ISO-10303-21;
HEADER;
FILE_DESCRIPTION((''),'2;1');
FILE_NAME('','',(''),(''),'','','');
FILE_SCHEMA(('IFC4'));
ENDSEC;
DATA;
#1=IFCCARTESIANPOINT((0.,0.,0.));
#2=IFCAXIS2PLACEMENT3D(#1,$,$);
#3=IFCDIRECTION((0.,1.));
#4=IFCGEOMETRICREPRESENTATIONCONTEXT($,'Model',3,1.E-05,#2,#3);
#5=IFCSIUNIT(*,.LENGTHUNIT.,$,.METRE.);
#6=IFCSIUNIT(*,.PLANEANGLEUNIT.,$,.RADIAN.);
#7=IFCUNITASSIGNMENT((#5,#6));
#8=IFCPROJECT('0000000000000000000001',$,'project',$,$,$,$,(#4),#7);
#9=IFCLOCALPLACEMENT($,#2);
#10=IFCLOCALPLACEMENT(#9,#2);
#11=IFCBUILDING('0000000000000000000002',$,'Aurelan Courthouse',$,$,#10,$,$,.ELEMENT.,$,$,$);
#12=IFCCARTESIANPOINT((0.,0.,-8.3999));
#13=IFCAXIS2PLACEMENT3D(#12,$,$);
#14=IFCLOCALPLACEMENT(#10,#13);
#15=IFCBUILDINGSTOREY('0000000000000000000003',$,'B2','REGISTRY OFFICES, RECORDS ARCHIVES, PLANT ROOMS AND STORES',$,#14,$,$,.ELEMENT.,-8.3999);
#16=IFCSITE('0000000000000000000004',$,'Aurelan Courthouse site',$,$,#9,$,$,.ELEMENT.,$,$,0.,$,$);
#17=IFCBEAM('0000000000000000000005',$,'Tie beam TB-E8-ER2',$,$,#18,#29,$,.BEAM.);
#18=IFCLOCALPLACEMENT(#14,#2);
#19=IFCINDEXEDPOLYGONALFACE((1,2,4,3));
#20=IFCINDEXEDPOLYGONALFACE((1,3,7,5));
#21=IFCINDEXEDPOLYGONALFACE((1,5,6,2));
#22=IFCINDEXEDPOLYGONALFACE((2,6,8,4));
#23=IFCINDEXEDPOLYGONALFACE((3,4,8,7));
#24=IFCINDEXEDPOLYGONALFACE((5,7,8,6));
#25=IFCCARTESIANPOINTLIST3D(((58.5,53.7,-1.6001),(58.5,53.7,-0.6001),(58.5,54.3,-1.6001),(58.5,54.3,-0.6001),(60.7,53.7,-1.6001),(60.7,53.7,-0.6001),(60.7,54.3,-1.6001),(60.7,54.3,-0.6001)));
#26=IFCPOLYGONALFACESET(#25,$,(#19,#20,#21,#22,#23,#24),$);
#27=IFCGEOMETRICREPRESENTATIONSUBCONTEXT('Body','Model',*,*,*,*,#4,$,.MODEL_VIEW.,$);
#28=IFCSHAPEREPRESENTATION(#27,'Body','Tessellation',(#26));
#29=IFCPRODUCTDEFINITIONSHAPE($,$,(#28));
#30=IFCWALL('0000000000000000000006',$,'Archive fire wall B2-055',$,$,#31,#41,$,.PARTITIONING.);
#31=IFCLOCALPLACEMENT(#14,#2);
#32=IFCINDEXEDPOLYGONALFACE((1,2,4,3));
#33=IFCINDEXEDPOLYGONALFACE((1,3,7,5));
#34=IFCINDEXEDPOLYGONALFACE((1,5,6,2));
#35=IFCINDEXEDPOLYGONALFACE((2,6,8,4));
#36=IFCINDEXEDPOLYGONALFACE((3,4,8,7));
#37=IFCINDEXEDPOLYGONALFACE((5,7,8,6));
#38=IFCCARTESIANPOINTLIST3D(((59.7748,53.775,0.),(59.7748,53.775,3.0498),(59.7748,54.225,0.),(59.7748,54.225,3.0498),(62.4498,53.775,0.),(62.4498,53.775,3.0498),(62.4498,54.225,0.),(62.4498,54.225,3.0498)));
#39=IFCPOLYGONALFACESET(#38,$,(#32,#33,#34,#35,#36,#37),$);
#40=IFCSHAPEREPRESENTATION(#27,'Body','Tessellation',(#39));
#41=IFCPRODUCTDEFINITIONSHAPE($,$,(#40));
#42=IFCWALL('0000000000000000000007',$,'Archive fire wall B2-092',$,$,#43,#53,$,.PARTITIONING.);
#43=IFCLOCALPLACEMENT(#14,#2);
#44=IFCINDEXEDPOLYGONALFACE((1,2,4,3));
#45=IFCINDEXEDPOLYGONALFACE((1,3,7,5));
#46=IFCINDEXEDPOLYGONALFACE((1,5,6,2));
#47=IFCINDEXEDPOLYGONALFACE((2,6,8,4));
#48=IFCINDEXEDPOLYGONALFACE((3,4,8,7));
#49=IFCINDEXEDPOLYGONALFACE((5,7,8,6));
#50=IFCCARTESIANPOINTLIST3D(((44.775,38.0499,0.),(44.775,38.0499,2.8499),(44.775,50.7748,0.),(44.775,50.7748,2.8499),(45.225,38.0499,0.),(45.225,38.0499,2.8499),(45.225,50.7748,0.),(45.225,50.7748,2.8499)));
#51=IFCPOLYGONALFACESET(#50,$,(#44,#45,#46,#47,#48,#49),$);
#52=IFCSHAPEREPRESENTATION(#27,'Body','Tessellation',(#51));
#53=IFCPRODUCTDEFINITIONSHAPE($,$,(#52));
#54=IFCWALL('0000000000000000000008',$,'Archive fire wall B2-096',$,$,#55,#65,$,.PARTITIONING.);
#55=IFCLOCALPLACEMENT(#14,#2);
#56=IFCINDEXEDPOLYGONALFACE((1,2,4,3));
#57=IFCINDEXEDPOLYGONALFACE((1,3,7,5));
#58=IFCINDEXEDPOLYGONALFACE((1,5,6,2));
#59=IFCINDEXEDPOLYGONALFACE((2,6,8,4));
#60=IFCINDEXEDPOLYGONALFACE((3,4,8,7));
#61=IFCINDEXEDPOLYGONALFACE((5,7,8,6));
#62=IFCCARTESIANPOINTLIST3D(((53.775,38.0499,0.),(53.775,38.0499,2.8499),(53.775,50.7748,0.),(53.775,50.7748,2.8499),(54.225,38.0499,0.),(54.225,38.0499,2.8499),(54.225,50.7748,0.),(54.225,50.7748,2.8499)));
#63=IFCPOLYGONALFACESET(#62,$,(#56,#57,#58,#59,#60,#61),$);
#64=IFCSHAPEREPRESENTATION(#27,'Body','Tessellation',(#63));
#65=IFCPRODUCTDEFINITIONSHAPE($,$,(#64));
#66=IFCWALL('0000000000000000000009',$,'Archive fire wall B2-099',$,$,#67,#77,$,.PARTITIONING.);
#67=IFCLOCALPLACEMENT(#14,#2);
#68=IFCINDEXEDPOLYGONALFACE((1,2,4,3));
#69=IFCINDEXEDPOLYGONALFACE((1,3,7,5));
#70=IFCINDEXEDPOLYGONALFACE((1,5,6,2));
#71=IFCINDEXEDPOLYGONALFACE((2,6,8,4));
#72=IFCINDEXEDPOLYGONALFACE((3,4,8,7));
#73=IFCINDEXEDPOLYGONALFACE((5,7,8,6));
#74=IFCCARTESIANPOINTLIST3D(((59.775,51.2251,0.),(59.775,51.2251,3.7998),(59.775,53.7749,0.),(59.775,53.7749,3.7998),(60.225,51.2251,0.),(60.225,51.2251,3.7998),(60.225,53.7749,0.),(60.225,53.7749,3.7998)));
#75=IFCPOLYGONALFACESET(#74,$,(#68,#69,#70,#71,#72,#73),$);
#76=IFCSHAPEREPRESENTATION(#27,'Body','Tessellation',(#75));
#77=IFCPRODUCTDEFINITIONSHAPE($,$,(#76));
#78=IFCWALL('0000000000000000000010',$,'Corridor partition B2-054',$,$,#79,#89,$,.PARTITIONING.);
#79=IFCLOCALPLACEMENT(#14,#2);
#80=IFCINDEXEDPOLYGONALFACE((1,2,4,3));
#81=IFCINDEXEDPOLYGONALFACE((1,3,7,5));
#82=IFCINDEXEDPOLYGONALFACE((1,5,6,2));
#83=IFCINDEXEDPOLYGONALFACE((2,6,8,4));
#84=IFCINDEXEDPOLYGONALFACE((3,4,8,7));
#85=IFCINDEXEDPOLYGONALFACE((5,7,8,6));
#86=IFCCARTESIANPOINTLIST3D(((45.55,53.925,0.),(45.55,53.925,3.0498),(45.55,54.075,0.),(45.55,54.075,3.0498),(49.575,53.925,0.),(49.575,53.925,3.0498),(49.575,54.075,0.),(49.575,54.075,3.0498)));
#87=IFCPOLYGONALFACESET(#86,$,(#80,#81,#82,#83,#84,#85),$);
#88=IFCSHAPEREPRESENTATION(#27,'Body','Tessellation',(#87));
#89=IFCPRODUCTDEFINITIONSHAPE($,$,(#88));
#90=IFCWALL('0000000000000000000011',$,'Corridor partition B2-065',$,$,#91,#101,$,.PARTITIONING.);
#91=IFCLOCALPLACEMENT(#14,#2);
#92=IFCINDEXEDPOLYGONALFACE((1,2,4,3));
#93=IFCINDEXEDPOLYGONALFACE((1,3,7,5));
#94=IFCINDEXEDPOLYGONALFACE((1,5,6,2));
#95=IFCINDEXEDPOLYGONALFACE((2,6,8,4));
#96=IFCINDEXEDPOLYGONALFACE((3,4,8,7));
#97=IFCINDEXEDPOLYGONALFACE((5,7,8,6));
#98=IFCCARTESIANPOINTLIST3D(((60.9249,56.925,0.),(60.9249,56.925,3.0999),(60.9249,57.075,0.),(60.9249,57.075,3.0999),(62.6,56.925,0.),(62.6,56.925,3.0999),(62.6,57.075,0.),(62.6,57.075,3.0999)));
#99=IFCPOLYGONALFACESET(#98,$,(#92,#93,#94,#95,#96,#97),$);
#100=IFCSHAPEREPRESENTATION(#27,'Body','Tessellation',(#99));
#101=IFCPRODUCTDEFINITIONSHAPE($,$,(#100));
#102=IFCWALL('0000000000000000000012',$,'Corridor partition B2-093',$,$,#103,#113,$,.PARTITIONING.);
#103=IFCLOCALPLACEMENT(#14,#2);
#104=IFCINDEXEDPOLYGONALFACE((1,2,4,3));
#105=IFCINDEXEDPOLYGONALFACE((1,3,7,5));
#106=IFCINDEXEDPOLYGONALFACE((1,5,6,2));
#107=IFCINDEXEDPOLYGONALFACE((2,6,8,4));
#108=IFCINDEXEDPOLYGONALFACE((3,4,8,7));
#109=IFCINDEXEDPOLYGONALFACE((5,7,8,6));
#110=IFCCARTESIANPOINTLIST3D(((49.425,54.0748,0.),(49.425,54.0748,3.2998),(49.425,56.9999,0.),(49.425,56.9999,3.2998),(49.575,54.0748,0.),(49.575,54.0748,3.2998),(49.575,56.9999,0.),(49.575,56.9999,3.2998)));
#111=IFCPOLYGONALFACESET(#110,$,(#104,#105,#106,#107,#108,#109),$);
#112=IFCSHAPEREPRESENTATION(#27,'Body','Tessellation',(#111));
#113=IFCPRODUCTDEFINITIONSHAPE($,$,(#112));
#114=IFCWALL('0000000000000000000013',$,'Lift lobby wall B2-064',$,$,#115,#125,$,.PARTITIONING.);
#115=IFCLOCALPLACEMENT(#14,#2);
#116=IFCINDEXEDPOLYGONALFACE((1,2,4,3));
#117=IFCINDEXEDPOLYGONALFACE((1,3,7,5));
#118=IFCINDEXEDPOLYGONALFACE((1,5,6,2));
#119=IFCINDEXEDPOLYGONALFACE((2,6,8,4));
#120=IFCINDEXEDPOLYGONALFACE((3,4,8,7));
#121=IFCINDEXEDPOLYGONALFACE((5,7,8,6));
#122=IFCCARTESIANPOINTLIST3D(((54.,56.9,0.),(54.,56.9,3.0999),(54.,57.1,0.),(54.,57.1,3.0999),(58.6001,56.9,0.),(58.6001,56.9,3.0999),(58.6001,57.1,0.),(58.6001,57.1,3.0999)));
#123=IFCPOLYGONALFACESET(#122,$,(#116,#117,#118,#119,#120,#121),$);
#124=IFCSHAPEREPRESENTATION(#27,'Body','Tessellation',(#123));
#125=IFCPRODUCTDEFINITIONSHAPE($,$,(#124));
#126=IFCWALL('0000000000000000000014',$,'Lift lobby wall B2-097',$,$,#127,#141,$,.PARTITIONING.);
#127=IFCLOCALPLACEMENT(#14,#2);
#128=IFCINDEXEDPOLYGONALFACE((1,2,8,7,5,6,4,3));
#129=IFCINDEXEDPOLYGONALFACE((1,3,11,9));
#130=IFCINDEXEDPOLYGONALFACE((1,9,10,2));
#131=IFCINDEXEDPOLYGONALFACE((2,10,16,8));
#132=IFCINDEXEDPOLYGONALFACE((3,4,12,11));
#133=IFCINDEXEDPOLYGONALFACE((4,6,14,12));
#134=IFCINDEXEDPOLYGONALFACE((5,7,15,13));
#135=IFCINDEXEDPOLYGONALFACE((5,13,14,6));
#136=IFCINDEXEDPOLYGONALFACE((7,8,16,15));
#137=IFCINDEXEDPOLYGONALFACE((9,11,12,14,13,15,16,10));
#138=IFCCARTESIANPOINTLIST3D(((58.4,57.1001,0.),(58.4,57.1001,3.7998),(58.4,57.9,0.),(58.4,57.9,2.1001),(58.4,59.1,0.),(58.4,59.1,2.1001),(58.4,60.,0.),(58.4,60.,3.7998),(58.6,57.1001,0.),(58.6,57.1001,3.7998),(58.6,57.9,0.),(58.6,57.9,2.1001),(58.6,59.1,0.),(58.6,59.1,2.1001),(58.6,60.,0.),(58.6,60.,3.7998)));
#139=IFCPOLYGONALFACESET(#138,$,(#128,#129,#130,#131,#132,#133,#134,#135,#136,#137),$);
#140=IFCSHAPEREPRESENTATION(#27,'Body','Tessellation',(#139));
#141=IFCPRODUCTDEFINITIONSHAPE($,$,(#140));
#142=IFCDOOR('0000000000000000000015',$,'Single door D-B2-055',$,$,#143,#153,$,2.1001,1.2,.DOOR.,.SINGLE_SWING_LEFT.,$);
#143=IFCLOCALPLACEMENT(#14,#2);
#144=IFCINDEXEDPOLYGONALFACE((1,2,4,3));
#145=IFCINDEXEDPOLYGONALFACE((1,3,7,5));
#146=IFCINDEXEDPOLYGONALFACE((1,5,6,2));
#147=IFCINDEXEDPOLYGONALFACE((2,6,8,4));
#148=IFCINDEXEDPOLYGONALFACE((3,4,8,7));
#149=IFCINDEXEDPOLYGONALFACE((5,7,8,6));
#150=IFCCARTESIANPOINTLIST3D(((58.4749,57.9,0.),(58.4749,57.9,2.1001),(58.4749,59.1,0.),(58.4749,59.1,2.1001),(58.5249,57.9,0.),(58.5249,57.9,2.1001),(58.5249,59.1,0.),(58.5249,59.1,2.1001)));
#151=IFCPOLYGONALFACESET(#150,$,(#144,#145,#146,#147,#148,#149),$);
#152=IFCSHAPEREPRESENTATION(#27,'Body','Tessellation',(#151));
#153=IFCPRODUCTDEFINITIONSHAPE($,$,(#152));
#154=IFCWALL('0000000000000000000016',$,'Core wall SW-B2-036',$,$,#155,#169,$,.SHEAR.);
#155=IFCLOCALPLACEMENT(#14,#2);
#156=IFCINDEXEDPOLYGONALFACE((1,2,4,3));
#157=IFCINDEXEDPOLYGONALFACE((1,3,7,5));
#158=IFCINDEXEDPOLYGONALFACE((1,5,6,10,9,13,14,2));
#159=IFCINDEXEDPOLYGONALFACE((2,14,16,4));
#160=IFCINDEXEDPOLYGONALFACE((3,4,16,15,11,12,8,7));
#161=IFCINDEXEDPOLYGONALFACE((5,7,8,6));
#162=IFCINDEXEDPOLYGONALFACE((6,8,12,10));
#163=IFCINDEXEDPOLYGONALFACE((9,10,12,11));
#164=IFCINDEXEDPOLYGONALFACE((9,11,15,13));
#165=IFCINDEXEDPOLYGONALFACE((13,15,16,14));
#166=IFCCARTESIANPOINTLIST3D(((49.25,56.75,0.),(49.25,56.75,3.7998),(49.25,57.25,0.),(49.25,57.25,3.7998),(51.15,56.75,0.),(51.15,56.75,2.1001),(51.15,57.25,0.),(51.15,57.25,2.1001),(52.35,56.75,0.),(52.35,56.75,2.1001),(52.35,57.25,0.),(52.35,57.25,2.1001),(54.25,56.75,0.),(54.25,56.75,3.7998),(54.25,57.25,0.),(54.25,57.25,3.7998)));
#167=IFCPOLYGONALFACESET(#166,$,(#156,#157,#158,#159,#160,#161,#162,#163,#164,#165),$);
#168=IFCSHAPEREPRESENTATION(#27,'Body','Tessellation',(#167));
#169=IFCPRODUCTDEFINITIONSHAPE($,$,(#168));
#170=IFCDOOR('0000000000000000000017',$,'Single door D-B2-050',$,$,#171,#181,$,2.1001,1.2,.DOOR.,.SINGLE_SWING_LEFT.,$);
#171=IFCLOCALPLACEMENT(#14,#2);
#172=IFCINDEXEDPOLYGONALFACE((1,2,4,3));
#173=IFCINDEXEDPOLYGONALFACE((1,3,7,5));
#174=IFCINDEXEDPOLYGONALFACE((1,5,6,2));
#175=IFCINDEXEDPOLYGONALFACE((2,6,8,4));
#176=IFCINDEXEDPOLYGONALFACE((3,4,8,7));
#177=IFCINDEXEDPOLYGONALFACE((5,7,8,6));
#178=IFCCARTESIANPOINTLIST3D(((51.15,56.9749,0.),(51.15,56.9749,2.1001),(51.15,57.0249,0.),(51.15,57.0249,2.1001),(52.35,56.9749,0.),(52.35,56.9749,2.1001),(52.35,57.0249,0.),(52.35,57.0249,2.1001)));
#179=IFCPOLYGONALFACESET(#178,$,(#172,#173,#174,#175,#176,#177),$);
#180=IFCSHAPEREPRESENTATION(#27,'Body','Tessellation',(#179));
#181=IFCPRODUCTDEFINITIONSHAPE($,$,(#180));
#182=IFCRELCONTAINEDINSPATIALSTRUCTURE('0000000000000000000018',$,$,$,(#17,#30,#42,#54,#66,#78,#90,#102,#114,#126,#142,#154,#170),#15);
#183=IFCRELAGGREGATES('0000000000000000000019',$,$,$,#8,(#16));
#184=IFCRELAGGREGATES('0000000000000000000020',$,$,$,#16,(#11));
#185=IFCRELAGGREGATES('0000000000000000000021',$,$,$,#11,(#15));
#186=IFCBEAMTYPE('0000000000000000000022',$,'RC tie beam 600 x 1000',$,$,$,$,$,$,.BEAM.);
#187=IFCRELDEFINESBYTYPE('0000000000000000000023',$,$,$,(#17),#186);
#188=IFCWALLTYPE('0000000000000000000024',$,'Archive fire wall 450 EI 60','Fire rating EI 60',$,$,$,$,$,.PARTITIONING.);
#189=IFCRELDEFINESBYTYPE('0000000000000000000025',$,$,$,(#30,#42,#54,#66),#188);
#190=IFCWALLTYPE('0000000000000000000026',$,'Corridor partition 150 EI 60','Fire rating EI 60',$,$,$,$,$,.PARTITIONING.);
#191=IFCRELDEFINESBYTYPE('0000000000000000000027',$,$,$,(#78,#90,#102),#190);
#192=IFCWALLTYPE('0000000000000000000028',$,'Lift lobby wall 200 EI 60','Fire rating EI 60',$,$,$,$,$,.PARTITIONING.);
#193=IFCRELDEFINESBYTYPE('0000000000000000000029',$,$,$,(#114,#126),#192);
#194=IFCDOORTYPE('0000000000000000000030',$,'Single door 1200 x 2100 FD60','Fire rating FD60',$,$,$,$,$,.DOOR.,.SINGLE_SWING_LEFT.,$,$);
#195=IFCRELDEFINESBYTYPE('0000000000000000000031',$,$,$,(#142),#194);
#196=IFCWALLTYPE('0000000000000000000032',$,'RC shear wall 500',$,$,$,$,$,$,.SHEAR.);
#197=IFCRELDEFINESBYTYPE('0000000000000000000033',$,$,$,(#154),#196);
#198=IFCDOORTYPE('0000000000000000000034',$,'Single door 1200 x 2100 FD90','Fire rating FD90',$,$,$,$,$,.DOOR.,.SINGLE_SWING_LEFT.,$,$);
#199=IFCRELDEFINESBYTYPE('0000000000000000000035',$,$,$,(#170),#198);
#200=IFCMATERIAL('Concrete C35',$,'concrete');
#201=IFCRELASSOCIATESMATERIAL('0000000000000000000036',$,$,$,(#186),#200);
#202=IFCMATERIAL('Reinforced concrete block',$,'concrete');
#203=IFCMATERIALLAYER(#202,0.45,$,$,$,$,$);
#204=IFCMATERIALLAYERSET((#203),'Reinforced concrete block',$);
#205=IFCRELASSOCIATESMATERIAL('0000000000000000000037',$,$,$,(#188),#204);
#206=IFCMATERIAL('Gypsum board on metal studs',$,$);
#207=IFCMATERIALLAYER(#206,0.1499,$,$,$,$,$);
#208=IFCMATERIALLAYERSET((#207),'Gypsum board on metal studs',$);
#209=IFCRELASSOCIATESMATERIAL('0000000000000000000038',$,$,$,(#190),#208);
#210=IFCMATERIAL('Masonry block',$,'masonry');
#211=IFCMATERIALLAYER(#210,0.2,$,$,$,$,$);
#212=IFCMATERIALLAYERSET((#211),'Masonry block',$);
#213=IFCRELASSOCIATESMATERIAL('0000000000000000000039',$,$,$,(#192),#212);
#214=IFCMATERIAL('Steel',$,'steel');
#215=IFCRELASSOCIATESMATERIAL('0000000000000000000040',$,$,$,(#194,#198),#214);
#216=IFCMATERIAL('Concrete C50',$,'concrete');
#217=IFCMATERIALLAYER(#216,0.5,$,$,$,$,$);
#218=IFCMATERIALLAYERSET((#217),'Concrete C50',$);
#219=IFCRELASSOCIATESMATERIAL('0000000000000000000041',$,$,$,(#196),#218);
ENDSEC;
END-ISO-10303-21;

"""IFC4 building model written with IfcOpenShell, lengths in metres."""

from ifc_helpers import new_model, si_unit, direction, frame, frame_2d, origin, origin_2d, place, context, subcontext, project, spatial, rectangle, extrude, material, layer, layer_set, material_profile, profile_set, type_object, element, fill, save


model = new_model("IFC4")

# Units and contexts
model_context = context("Model", 3, precision=1e-05, world=origin(), true_north=direction((0.0, 1.0)))
body_context = subcontext(model_context, "Body", "Model", "MODEL_VIEW")
ifc_project = project(units=[si_unit("LENGTHUNIT", "METRE"), si_unit("PLANEANGLEUNIT", "RADIAN")], contexts=[model_context])

# Site, building, storey
site_placement = place(None, origin())
site = spatial("IfcSite", under=ifc_project, at=site_placement, Name="Aurelan Courthouse site", CompositionType="ELEMENT", RefElevation=0.0)
building_placement = place(site_placement, origin())
building = spatial("IfcBuilding", under=site, at=building_placement, Name="Aurelan Courthouse", CompositionType="ELEMENT")
storey_placement = place(building_placement, frame((0.0, 0.0, -8.3999)))
storey = spatial("IfcBuildingStorey", under=building, at=storey_placement, Name="B2", Description="REGISTRY OFFICES, RECORDS ARCHIVES, PLANT ROOMS AND STORES", CompositionType="ELEMENT", Elevation=-8.3999)

# Shared definitions
ifc_material_1 = material(Name="Concrete C35", Category="concrete")

# Shared definitions
ifc_material_2 = material(Name="Concrete C50", Category="concrete")

# Beam
ifc_material_profile_1 = material_profile(ifc_material_1, rectangle(XDim=0.6001, YDim=1.0, at=origin_2d()), Name="RC 600 x 1000")
ifc_profile_set_1 = profile_set([ifc_material_profile_1], Name="Concrete C35")
beam_type = type_object("IfcBeamType", Name="RC tie beam 600 x 1000", PredefinedType="BEAM", material=ifc_profile_set_1)
beam_placement = place(storey_placement, frame((58.5, 54.0, -1.1001), z_axis=(1.0, 0.0, 0.0), x_axis=(0.0, 1.0, 0.0)))
element("IfcBeam", 1, at=beam_placement, inside=storey, type_object=beam_type, Name="Tie beam TB-E8-ER2", PredefinedType="BEAM", context=body_context, shape_type="SweptSolid", body=[
    extrude(rectangle(XDim=0.6001, YDim=1.0, at=origin_2d()), origin(), (0.0, 0.0, 1.0), 2.2),
])

# Walls
ifc_material_3 = material(Name="Reinforced concrete block", Category="concrete")
ifc_layer_1 = layer(ifc_material_3, 0.45)
ifc_layer_set_1 = layer_set([ifc_layer_1], Name="Reinforced concrete block")
wall_type_1 = type_object("IfcWallType", Name="Archive fire wall 450 EI 60", Description="Fire rating EI 60", PredefinedType="PARTITIONING", material=ifc_layer_set_1)
wall_1_placement = place(storey_placement, frame((59.7749, 54.0, 0.0), z_axis=(0.0, 0.0, 1.0), x_axis=(1.0, 0.0, 0.0)))
element("IfcWall", 2, at=wall_1_placement, inside=storey, type_object=wall_type_1, Name="Archive fire wall B2-055", PredefinedType="PARTITIONING", context=body_context, shape_type="SweptSolid", body=[
    extrude(rectangle(XDim=2.675, YDim=0.45, at=frame_2d((1.3374, 0.0))), origin(), (0.0, 0.0, 1.0), 3.0498),
])
for number, where, z_axis, x_axis, name in (
    (3, (45.0, 38.05, 0.0), (0.0, 0.0, 1.0), (0.0, 1.0, 0.0), "Archive fire wall B2-092"),
    (4, (54.0, 38.05, 0.0), (0.0, 0.0, 1.0), (0.0, 1.0, 0.0), "Archive fire wall B2-096"),
):
    element("IfcWall", number, at=place(storey_placement, frame(where, z_axis=z_axis, x_axis=x_axis)), inside=storey, type_object=wall_type_1, Name=name, PredefinedType="PARTITIONING", context=body_context, shape_type="SweptSolid", body=[
        extrude(rectangle(XDim=12.7249, YDim=0.45, at=frame_2d((6.3623, 0.0))), origin(), (0.0, 0.0, 1.0), 2.8499),
    ])
wall_2_placement = place(storey_placement, frame((60.0, 51.2251, 0.0), z_axis=(0.0, 0.0, 1.0), x_axis=(0.0, 1.0, 0.0)))
element("IfcWall", 5, at=wall_2_placement, inside=storey, type_object=wall_type_1, Name="Archive fire wall B2-099", PredefinedType="PARTITIONING", context=body_context, shape_type="SweptSolid", body=[
    extrude(rectangle(XDim=2.5498, YDim=0.45, at=frame_2d((1.2749, 0.0))), origin(), (0.0, 0.0, 1.0), 3.7998),
])
ifc_material_4 = material(Name="Gypsum board on metal studs")
ifc_layer_2 = layer(ifc_material_4, 0.1499)
ifc_layer_set_2 = layer_set([ifc_layer_2], Name="Gypsum board on metal studs")
wall_type_2 = type_object("IfcWallType", Name="Corridor partition 150 EI 60", Description="Fire rating EI 60", PredefinedType="PARTITIONING", material=ifc_layer_set_2)
wall_3_placement = place(storey_placement, frame((45.55, 54.0, 0.0), z_axis=(0.0, 0.0, 1.0), x_axis=(1.0, 0.0, 0.0)))
element("IfcWall", 6, at=wall_3_placement, inside=storey, type_object=wall_type_2, Name="Corridor partition B2-054", PredefinedType="PARTITIONING", context=body_context, shape_type="SweptSolid", body=[
    extrude(rectangle(XDim=4.0249, YDim=0.1499, at=frame_2d((2.0125, 0.0))), origin(), (0.0, 0.0, 1.0), 3.0498),
])
wall_4_placement = place(storey_placement, frame((60.925, 57.0, 0.0), z_axis=(0.0, 0.0, 1.0), x_axis=(1.0, 0.0, 0.0)))
element("IfcWall", 7, at=wall_4_placement, inside=storey, type_object=wall_type_2, Name="Corridor partition B2-065", PredefinedType="PARTITIONING", context=body_context, shape_type="SweptSolid", body=[
    extrude(rectangle(XDim=1.675, YDim=0.1499, at=frame_2d((0.8374, 0.0))), origin(), (0.0, 0.0, 1.0), 3.0999),
])
wall_5_placement = place(storey_placement, frame((49.5, 54.075, 0.0), z_axis=(0.0, 0.0, 1.0), x_axis=(0.0, 1.0, 0.0)))
element("IfcWall", 8, at=wall_5_placement, inside=storey, type_object=wall_type_2, Name="Corridor partition B2-093", PredefinedType="PARTITIONING", context=body_context, shape_type="SweptSolid", body=[
    extrude(rectangle(XDim=2.925, YDim=0.1499, at=frame_2d((1.4624, 0.0))), origin(), (0.0, 0.0, 1.0), 3.2998),
])
ifc_material_5 = material(Name="Masonry block", Category="masonry")
ifc_layer_3 = layer(ifc_material_5, 0.2)
ifc_layer_set_3 = layer_set([ifc_layer_3], Name="Masonry block")
wall_type_3 = type_object("IfcWallType", Name="Lift lobby wall 200 EI 60", Description="Fire rating EI 60", PredefinedType="PARTITIONING", material=ifc_layer_set_3)
wall_6_placement = place(storey_placement, frame((54.0, 57.0, 0.0), z_axis=(0.0, 0.0, 1.0), x_axis=(1.0, 0.0, 0.0)))
element("IfcWall", 9, at=wall_6_placement, inside=storey, type_object=wall_type_3, Name="Lift lobby wall B2-064", PredefinedType="PARTITIONING", context=body_context, shape_type="SweptSolid", body=[
    extrude(rectangle(XDim=4.6001, YDim=0.2, at=frame_2d((2.3, 0.0))), origin(), (0.0, 0.0, 1.0), 3.0999),
])

# Walls, openings, doors
wall_7_placement = place(storey_placement, frame((58.5, 57.1001, 0.0), z_axis=(0.0, 0.0, 1.0), x_axis=(0.0, 1.0, 0.0)))
wall_7 = element("IfcWall", 10, at=wall_7_placement, inside=storey, type_object=wall_type_3, Name="Lift lobby wall B2-097", PredefinedType="PARTITIONING", context=body_context, shape_type="SweptSolid", body=[
    extrude(rectangle(XDim=2.8999, YDim=0.2, at=frame_2d((1.45, 0.0))), origin(), (0.0, 0.0, 1.0), 3.7998),
])
opening_1_placement = place(wall_7_placement, frame((2.0, 0.0, 0.0), z_axis=(0.0, 0.0, 1.0), x_axis=(-1.0, 0.0, 0.0)))
opening_1 = element("IfcOpeningElement", 11, at=opening_1_placement, cuts=wall_7, PredefinedType="OPENING", context=body_context, shape_type="SweptSolid", body=[
    extrude(rectangle(XDim=1.2, YDim=2.1001, at=frame_2d((0.6001, 1.05))), frame((0.0, 0.1099, 0.0), z_axis=(0.0, -1.0, 0.0), x_axis=(1.0, 0.0, 0.0)), (0.0, 0.0, 1.0), 0.22),
])
ifc_material_6 = material(Name="Steel", Category="steel")
door_type_1 = type_object("IfcDoorType", Name="Single door 1200 x 2100 FD60", Description="Fire rating FD60", OperationType="SINGLE_SWING_LEFT", PredefinedType="DOOR", material=ifc_material_6)
door_1_placement = place(opening_1_placement, origin())
door_1 = element("IfcDoor", 12, at=door_1_placement, inside=storey, type_object=door_type_1, Name="Single door D-B2-055", OperationType="SINGLE_SWING_LEFT", OverallHeight=2.1001, OverallWidth=1.2, PredefinedType="DOOR", context=body_context, shape_type="SweptSolid", body=[
    extrude(rectangle(XDim=1.2, YDim=2.1001, at=frame_2d((0.6001, 1.05))), frame((0.0, 0.0249, 0.0), z_axis=(0.0, -1.0, 0.0), x_axis=(1.0, 0.0, 0.0)), (0.0, 0.0, 1.0), 0.05),
])
fill(opening_1, door_1)
ifc_layer_4 = layer(ifc_material_2, 0.5)
ifc_layer_set_4 = layer_set([ifc_layer_4], Name="Concrete C50")
wall_type_4 = type_object("IfcWallType", Name="RC shear wall 500", PredefinedType="SHEAR", material=ifc_layer_set_4)
wall_8_placement = place(storey_placement, frame((49.25, 57.0, 0.0), z_axis=(0.0, 0.0, 1.0), x_axis=(1.0, 0.0, 0.0)))
wall_8 = element("IfcWall", 13, at=wall_8_placement, inside=storey, type_object=wall_type_4, Name="Core wall SW-B2-036", PredefinedType="SHEAR", context=body_context, shape_type="SweptSolid", body=[
    extrude(rectangle(XDim=5.0, YDim=0.5, at=frame_2d((2.5, 0.0))), origin(), (0.0, 0.0, 1.0), 3.7998),
])
opening_2_placement = place(wall_8_placement, frame((1.8999, 0.0, 0.0)))
opening_2 = element("IfcOpeningElement", 14, at=opening_2_placement, cuts=wall_8, PredefinedType="OPENING", context=body_context, shape_type="SweptSolid", body=[
    extrude(rectangle(XDim=1.2, YDim=2.1001, at=frame_2d((0.6001, 1.05))), frame((0.0, 0.26, 0.0), z_axis=(0.0, -1.0, 0.0), x_axis=(1.0, 0.0, 0.0)), (0.0, 0.0, 1.0), 0.52),
])
door_type_2 = type_object("IfcDoorType", Name="Single door 1200 x 2100 FD90", Description="Fire rating FD90", OperationType="SINGLE_SWING_LEFT", PredefinedType="DOOR", material=ifc_material_6)
door_2_placement = place(opening_2_placement, origin())
door_2 = element("IfcDoor", 15, at=door_2_placement, inside=storey, type_object=door_type_2, Name="Single door D-B2-050", OperationType="SINGLE_SWING_LEFT", OverallHeight=2.1001, OverallWidth=1.2, PredefinedType="DOOR", context=body_context, shape_type="SweptSolid", body=[
    extrude(rectangle(XDim=1.2, YDim=2.1001, at=frame_2d((0.6001, 1.05))), frame((0.0, 0.0249, 0.0), z_axis=(0.0, -1.0, 0.0), x_axis=(1.0, 0.0, 0.0)), (0.0, 0.0, 1.0), 0.05),
])
fill(opening_2, door_2)

save(model, "model.ifc")
